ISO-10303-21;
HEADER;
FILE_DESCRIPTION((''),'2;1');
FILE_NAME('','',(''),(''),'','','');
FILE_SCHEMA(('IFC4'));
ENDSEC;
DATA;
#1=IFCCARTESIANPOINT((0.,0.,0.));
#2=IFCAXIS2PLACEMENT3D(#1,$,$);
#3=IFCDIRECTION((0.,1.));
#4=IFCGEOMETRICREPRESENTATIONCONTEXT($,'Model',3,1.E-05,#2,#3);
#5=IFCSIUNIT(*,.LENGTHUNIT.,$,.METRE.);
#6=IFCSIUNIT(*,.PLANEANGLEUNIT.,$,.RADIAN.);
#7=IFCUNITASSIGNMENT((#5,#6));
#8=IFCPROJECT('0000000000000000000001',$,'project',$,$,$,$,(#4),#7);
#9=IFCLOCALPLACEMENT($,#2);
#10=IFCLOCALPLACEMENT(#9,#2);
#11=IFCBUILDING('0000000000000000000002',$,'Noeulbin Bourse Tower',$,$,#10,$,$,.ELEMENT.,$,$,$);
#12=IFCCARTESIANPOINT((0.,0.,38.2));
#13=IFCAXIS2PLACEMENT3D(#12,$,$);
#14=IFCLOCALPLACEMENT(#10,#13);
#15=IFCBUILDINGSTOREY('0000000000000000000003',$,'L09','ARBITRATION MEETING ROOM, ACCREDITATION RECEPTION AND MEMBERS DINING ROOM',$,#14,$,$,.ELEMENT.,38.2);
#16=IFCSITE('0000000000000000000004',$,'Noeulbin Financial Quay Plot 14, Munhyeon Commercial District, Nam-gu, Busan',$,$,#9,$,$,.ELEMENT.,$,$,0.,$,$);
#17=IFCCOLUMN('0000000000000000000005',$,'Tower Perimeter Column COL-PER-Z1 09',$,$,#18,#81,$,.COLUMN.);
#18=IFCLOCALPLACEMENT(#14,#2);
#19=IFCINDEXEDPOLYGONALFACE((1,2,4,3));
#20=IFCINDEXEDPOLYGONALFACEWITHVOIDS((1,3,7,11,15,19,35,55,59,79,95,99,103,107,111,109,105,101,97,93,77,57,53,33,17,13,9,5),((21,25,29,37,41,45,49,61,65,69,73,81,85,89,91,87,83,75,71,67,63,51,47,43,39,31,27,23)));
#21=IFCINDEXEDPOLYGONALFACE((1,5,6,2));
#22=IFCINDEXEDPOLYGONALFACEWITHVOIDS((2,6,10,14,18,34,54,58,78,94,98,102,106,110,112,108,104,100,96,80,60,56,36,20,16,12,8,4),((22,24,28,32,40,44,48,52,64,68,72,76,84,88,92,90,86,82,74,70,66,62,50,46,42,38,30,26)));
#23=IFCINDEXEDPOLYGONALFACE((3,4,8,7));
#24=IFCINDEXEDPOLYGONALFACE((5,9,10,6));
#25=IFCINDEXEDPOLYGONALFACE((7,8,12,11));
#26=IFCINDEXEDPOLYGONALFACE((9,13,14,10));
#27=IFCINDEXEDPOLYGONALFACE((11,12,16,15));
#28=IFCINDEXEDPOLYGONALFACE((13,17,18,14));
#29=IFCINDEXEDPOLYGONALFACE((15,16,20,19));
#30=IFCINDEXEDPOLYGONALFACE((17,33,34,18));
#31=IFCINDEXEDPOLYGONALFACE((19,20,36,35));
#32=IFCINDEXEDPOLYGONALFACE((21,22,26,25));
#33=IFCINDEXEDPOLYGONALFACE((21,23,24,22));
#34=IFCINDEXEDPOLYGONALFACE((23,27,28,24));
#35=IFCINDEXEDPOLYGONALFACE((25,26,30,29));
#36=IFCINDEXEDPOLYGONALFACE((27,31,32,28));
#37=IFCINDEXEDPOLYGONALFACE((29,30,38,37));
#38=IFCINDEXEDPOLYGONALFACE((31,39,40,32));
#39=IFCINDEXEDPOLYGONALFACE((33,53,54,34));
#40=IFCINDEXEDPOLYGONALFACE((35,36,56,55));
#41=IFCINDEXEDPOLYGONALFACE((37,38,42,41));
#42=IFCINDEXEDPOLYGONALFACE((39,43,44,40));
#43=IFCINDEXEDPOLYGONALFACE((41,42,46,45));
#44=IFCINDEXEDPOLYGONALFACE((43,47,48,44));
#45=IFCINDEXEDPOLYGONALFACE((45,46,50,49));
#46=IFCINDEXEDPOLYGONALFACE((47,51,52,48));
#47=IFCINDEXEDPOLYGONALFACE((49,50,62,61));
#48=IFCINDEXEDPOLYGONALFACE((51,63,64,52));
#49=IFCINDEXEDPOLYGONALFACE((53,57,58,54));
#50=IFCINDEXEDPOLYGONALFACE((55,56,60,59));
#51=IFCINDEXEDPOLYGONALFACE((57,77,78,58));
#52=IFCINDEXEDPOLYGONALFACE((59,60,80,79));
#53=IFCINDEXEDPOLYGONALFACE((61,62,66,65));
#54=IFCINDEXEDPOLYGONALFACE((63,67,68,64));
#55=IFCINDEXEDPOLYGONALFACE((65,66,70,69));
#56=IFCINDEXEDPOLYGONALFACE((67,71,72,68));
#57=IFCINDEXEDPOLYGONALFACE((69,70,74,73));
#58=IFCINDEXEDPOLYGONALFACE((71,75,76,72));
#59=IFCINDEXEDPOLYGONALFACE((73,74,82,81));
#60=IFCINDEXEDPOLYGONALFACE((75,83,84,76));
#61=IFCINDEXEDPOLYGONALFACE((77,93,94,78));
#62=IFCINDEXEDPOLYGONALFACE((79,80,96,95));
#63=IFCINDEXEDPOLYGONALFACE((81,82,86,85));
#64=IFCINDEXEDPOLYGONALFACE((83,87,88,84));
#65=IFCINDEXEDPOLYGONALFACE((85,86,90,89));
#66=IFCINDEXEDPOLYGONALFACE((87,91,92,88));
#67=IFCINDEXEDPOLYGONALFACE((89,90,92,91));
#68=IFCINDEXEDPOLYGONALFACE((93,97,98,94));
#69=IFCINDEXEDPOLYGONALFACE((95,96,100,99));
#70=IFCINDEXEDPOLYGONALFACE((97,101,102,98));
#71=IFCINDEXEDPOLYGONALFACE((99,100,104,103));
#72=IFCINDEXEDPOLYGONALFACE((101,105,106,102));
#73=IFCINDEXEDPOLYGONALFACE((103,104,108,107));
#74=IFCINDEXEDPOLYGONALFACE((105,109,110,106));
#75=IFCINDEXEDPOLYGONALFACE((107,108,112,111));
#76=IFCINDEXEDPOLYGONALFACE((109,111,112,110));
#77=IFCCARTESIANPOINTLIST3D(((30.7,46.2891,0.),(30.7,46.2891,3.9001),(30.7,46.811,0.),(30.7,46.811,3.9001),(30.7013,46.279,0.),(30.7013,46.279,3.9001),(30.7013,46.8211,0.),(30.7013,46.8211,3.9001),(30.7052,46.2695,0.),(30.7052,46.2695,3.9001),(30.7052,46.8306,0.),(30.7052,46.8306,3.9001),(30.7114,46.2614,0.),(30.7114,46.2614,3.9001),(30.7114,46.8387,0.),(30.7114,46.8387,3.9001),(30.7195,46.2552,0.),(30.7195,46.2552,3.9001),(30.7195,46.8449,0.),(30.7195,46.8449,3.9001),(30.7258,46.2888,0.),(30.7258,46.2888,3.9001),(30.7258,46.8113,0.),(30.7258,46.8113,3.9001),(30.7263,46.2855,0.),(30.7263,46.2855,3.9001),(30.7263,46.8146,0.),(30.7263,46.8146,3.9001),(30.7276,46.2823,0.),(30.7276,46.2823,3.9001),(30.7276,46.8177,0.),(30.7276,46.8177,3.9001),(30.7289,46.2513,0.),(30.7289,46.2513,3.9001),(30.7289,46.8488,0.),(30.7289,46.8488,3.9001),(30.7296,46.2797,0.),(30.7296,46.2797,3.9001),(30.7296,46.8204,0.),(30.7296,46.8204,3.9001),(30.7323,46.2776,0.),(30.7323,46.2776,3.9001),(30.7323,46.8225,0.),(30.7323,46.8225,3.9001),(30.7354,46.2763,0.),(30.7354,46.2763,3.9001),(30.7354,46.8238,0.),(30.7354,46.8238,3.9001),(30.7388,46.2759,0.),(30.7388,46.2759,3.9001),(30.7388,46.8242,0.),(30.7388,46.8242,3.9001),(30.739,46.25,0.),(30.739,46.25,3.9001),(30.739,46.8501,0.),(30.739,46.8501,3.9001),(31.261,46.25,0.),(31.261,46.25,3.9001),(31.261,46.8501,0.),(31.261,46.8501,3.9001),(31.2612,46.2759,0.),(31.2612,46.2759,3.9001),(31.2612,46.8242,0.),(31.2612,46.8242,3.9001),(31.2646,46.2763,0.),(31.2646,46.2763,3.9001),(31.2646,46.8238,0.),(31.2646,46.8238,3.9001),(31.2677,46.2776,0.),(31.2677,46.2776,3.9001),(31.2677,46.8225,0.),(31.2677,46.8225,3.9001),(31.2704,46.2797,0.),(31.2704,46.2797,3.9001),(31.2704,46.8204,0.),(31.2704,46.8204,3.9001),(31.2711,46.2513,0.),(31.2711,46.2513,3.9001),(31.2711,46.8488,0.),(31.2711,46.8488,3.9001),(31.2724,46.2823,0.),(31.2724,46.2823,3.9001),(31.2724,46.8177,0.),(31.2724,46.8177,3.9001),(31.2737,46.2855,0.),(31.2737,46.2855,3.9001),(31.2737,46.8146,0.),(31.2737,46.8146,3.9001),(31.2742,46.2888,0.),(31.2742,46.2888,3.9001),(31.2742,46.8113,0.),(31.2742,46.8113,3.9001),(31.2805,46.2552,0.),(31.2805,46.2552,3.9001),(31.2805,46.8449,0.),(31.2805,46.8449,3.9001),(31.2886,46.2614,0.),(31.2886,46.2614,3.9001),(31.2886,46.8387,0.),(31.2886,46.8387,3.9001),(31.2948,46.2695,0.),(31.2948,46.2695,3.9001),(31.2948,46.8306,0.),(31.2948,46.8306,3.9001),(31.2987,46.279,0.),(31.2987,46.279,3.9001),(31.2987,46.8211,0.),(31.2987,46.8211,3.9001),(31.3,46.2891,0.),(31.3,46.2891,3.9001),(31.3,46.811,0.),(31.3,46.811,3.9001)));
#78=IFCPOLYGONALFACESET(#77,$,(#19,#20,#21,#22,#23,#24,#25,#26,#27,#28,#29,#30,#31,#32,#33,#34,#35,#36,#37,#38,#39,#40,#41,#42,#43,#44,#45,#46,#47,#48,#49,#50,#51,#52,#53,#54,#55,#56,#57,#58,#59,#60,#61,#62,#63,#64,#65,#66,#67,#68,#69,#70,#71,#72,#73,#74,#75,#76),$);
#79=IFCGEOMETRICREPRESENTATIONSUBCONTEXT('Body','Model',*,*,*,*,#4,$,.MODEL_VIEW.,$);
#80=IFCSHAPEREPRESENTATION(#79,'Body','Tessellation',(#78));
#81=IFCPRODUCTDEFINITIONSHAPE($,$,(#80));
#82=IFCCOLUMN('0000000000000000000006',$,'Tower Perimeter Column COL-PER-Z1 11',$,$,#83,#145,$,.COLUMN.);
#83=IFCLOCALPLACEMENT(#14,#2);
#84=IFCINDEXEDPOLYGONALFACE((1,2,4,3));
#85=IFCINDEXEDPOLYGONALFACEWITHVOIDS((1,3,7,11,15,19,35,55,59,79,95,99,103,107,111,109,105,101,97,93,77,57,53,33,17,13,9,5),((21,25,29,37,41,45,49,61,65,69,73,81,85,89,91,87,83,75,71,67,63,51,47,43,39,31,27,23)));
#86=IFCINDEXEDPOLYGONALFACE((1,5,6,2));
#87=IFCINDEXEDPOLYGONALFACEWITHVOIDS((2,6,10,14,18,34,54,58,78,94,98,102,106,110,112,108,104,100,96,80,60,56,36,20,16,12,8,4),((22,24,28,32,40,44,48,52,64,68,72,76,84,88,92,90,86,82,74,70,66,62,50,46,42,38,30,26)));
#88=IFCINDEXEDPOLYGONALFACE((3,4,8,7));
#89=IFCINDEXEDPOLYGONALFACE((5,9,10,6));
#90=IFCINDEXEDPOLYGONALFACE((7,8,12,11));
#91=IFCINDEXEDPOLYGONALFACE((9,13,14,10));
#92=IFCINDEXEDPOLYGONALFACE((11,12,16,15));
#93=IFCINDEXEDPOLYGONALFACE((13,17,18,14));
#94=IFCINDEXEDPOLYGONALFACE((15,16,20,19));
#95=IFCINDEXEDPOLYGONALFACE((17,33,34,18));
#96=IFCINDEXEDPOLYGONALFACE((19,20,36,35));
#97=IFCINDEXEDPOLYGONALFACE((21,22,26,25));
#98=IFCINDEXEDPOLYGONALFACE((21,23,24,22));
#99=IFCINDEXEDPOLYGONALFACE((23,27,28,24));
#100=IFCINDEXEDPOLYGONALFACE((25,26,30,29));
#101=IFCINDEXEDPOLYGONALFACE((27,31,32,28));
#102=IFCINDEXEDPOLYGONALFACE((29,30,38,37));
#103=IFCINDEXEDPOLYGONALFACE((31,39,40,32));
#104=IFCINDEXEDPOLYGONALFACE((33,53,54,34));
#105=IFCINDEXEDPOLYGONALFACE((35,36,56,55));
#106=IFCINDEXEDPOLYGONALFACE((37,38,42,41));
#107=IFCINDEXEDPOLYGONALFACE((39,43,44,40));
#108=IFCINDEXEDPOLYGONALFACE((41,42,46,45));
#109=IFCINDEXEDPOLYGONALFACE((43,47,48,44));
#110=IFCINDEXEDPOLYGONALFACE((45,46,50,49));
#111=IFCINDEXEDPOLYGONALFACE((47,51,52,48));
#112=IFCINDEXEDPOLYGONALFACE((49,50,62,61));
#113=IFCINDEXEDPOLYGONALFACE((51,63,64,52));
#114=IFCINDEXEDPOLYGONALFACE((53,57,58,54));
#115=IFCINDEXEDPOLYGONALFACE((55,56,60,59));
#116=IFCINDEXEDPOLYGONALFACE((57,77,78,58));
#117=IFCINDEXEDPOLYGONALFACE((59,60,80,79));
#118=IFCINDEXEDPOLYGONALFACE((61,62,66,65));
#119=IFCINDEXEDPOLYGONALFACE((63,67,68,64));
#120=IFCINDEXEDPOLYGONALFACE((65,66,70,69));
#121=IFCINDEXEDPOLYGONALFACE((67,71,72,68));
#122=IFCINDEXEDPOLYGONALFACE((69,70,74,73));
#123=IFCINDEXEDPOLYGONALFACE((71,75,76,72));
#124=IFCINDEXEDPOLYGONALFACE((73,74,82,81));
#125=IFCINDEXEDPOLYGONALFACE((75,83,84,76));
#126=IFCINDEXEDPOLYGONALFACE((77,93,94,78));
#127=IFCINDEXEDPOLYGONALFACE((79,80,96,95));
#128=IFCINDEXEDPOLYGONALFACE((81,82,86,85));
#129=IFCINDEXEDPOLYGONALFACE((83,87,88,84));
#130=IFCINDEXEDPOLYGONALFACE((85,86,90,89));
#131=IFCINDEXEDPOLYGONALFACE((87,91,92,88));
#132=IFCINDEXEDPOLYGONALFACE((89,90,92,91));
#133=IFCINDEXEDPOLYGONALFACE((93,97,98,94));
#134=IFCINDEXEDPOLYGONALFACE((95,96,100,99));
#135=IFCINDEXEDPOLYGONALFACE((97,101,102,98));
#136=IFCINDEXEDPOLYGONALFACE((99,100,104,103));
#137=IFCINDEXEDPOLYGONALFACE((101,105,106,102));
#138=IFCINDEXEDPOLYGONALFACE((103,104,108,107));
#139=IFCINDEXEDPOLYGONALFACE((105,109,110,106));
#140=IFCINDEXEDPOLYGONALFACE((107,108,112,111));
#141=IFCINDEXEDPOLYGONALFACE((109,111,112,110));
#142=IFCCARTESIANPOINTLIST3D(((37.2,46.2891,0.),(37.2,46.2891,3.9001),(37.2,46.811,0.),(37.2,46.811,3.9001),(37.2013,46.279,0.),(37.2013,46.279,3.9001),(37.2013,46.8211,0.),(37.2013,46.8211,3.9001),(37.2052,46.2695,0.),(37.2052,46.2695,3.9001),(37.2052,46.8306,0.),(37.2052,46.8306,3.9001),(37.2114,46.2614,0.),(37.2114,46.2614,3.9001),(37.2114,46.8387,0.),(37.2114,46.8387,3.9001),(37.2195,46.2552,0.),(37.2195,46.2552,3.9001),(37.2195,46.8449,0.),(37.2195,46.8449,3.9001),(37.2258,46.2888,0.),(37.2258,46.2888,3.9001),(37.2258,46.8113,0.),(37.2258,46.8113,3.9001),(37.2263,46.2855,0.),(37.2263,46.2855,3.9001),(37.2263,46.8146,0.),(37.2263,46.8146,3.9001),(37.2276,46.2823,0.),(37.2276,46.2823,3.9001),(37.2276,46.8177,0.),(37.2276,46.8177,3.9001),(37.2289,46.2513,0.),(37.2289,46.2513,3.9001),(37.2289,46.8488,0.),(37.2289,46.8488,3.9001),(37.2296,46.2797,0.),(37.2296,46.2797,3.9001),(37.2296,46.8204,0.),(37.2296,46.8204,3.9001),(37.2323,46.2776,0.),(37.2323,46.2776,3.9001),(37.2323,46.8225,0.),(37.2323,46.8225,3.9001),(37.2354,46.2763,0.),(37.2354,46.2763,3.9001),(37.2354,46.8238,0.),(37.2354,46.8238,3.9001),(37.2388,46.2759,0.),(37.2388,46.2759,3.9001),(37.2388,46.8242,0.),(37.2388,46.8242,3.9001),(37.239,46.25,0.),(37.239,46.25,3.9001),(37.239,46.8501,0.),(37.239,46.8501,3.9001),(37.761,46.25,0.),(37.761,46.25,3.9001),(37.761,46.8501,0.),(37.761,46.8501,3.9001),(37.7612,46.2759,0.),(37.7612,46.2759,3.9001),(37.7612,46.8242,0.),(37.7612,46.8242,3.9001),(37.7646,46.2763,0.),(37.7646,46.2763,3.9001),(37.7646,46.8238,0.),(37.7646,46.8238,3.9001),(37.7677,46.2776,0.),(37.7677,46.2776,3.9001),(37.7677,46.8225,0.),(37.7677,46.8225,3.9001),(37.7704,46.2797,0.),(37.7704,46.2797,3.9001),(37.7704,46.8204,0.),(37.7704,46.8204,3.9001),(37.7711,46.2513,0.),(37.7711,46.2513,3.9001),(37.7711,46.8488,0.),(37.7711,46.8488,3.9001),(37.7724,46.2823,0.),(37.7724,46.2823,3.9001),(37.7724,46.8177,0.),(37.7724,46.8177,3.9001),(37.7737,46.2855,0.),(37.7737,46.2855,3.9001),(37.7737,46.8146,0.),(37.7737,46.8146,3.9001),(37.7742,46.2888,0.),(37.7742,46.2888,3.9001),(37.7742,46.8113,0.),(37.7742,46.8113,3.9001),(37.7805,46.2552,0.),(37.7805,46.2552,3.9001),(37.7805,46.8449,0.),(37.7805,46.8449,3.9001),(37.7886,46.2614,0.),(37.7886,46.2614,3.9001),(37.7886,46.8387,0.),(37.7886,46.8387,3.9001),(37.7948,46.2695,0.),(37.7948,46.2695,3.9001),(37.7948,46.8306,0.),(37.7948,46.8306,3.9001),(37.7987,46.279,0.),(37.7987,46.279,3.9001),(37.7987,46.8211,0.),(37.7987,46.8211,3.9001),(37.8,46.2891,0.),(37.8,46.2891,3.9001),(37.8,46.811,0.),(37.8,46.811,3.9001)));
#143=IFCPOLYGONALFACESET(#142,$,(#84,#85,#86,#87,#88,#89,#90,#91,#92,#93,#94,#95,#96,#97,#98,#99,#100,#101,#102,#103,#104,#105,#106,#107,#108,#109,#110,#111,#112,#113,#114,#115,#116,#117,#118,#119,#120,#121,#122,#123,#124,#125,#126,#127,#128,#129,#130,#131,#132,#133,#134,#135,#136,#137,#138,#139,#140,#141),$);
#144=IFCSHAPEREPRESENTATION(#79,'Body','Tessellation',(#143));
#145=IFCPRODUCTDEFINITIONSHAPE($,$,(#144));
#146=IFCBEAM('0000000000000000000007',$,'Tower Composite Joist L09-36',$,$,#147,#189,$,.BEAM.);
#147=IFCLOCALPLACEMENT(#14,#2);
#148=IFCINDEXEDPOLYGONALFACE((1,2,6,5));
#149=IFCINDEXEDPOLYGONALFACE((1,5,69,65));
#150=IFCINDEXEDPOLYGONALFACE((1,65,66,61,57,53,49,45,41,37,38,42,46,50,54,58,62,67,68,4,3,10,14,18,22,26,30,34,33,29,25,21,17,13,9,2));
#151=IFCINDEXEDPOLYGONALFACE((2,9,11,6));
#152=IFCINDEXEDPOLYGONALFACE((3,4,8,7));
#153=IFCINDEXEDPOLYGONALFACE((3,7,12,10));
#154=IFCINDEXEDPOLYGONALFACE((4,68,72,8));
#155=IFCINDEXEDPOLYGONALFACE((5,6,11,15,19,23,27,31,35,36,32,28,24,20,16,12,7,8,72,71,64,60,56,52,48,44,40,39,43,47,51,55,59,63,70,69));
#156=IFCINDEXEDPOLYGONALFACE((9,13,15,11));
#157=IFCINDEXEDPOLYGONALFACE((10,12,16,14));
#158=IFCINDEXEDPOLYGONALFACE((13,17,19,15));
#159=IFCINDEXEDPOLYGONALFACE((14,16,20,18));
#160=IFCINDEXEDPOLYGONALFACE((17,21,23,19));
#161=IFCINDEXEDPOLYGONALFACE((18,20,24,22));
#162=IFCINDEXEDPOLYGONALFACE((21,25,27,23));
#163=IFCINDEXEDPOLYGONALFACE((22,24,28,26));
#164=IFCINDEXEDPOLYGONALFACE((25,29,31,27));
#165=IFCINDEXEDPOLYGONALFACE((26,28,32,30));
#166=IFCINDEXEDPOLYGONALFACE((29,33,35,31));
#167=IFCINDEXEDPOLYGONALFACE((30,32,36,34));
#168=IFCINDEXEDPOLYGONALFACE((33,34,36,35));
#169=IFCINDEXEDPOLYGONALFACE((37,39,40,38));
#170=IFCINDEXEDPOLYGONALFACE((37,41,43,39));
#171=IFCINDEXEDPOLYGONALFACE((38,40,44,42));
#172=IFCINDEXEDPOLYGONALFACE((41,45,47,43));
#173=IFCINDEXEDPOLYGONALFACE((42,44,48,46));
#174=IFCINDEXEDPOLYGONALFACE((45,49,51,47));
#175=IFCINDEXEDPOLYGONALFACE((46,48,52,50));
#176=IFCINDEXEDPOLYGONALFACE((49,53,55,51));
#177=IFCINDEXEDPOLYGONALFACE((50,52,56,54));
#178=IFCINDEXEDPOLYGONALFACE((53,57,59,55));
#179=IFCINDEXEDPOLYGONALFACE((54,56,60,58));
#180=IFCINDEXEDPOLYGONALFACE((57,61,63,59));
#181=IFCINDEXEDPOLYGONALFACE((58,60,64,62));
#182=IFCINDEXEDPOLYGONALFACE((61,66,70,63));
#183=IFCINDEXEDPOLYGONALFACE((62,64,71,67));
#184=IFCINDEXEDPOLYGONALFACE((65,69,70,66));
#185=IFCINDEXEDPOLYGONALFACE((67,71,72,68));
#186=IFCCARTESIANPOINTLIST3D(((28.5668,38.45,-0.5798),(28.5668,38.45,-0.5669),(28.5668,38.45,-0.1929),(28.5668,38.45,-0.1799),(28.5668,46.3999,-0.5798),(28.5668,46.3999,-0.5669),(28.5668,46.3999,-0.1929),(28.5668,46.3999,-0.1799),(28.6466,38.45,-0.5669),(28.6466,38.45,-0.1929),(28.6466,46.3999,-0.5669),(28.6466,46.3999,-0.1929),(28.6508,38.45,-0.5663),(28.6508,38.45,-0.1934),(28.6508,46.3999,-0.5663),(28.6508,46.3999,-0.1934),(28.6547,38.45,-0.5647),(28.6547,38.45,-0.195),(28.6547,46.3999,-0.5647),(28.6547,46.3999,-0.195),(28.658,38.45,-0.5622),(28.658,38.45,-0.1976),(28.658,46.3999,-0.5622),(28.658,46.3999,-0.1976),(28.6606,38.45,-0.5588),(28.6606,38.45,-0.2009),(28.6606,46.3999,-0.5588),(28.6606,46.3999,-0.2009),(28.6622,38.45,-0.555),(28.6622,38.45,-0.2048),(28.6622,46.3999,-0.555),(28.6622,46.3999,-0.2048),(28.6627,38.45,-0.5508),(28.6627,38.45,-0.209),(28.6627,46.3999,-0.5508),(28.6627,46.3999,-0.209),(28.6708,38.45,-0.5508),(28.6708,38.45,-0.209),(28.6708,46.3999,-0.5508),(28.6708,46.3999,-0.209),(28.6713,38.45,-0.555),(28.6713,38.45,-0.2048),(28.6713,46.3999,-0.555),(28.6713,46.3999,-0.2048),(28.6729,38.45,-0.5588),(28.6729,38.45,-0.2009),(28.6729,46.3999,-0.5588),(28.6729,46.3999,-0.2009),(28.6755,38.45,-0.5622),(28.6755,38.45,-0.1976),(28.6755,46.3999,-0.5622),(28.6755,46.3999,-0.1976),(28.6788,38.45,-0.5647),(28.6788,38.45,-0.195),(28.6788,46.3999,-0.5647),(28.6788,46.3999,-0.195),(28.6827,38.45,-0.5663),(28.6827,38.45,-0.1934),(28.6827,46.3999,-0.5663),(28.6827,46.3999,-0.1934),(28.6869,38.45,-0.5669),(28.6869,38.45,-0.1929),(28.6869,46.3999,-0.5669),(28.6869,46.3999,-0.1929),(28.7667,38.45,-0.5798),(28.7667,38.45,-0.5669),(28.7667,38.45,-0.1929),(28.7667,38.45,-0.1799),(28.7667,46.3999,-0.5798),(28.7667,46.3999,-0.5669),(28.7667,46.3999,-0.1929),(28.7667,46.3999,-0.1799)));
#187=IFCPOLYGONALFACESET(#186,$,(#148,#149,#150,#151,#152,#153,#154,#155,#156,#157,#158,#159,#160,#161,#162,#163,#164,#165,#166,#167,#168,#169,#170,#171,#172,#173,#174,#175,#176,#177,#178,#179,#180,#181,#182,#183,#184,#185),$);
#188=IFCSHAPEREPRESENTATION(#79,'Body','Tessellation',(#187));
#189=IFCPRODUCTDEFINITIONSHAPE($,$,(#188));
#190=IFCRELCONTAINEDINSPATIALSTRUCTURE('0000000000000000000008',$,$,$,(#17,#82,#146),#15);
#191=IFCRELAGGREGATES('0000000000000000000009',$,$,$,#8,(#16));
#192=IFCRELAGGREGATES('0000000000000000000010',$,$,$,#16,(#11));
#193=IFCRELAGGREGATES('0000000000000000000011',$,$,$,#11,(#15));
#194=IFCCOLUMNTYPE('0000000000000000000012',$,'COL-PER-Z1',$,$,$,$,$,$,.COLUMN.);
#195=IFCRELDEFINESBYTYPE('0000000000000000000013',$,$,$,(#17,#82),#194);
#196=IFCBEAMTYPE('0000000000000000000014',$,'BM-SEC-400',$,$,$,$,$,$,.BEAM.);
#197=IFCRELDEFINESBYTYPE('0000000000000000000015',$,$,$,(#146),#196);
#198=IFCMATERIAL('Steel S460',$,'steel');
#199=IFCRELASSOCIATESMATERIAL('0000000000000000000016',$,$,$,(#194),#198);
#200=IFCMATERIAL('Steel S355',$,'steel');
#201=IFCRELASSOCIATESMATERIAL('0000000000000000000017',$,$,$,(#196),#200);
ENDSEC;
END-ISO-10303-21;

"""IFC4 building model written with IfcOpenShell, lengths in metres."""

from ifc_helpers import new_model, si_unit, direction, frame, origin, origin_2d, place, context, subcontext, project, spatial, hollow_rectangle, i_section, extrude, material, material_profile, profile_set, type_object, element, save


model = new_model("IFC4")

# Units and contexts
model_context = context("Model", 3, precision=1e-05, world=origin(), true_north=direction((0.0, 1.0)))
body_context = subcontext(model_context, "Body", "Model", "MODEL_VIEW")
ifc_project = project(units=[si_unit("LENGTHUNIT", "METRE"), si_unit("PLANEANGLEUNIT", "RADIAN")], contexts=[model_context])

# Site, building, storey
site_placement = place(None, origin())
site = spatial("IfcSite", under=ifc_project, at=site_placement, Name="Noeulbin Financial Quay Plot 14, Munhyeon Commercial District, Nam-gu, Busan", CompositionType="ELEMENT", RefElevation=0.0)
building_placement = place(site_placement, origin())
building = spatial("IfcBuilding", under=site, at=building_placement, Name="Noeulbin Bourse Tower", CompositionType="ELEMENT")
storey_placement = place(building_placement, frame((0.0, 0.0, 38.2)))
storey = spatial("IfcBuildingStorey", under=building, at=storey_placement, Name="L09", Description="ARBITRATION MEETING ROOM, ACCREDITATION RECEPTION AND MEMBERS DINING ROOM", CompositionType="ELEMENT", Elevation=38.2)

# Columns
ifc_material_1 = material(Name="Steel S460", Category="steel")
ifc_material_profile_1 = material_profile(ifc_material_1, hollow_rectangle(XDim=0.6001, YDim=0.6001, WallThickness=0.0259, InnerFilletRadius=0.0129, OuterFilletRadius=0.0391, at=origin_2d()), Name="BOX-600x600x26", Category="LoadBearing")
ifc_profile_set_1 = profile_set([ifc_material_profile_1], Name="Steel S460")
column_type = type_object("IfcColumnType", Name="COL-PER-Z1", PredefinedType="COLUMN", material=ifc_profile_set_1)
for number, where, z_axis, x_axis, name in (
    (1, (31.0, 46.55, 0.0), (0.0, 0.0, 1.0), (1.0, 0.0, 0.0), "Tower Perimeter Column COL-PER-Z1 09"),
    (2, (37.5, 46.55, 0.0), (0.0, 0.0, 1.0), (1.0, 0.0, 0.0), "Tower Perimeter Column COL-PER-Z1 11"),
):
    element("IfcColumn", number, at=place(storey_placement, frame(where, z_axis=z_axis, x_axis=x_axis)), inside=storey, type_object=column_type, Name=name, PredefinedType="COLUMN", context=body_context, shape_type="SweptSolid", body=[
        extrude(hollow_rectangle(XDim=0.6001, YDim=0.6001, WallThickness=0.0259, InnerFilletRadius=0.0129, OuterFilletRadius=0.0391, at=origin_2d()), origin(), (0.0, 0.0, 1.0), 3.9001),
    ])

# Beam
ifc_material_2 = material(Name="Steel S355", Category="steel")
ifc_material_profile_2 = material_profile(ifc_material_2, i_section(OverallWidth=0.2, OverallDepth=0.3999, WebThickness=0.0081, FlangeThickness=0.0129, FilletRadius=0.0161, at=origin_2d()), Name="H-400x200x8x13", Category="LoadBearing")
ifc_profile_set_2 = profile_set([ifc_material_profile_2], Name="Steel S355")
beam_type_1 = type_object("IfcBeamType", Name="BM-SEC-400", PredefinedType="BEAM", material=ifc_profile_set_2)
for number, where, z_axis, x_axis, name in (
    (3, (28.6667, 38.45, -0.3799), (0.0, 1.0, 0.0), (-1.0, 0.0, 0.0), "Tower Composite Joist L09-36"),
):
    element("IfcBeam", number, at=place(storey_placement, frame(where, z_axis=z_axis, x_axis=x_axis)), inside=storey, type_object=beam_type_1, Name=name, PredefinedType="BEAM", context=body_context, shape_type="SweptSolid", body=[
        extrude(i_section(OverallWidth=0.2, OverallDepth=0.3999, WebThickness=0.0081, FlangeThickness=0.0129, FilletRadius=0.0161, at=origin_2d()), origin(), (0.0, 0.0, 1.0), 7.95),
    ])

save(model, "model.ifc")
